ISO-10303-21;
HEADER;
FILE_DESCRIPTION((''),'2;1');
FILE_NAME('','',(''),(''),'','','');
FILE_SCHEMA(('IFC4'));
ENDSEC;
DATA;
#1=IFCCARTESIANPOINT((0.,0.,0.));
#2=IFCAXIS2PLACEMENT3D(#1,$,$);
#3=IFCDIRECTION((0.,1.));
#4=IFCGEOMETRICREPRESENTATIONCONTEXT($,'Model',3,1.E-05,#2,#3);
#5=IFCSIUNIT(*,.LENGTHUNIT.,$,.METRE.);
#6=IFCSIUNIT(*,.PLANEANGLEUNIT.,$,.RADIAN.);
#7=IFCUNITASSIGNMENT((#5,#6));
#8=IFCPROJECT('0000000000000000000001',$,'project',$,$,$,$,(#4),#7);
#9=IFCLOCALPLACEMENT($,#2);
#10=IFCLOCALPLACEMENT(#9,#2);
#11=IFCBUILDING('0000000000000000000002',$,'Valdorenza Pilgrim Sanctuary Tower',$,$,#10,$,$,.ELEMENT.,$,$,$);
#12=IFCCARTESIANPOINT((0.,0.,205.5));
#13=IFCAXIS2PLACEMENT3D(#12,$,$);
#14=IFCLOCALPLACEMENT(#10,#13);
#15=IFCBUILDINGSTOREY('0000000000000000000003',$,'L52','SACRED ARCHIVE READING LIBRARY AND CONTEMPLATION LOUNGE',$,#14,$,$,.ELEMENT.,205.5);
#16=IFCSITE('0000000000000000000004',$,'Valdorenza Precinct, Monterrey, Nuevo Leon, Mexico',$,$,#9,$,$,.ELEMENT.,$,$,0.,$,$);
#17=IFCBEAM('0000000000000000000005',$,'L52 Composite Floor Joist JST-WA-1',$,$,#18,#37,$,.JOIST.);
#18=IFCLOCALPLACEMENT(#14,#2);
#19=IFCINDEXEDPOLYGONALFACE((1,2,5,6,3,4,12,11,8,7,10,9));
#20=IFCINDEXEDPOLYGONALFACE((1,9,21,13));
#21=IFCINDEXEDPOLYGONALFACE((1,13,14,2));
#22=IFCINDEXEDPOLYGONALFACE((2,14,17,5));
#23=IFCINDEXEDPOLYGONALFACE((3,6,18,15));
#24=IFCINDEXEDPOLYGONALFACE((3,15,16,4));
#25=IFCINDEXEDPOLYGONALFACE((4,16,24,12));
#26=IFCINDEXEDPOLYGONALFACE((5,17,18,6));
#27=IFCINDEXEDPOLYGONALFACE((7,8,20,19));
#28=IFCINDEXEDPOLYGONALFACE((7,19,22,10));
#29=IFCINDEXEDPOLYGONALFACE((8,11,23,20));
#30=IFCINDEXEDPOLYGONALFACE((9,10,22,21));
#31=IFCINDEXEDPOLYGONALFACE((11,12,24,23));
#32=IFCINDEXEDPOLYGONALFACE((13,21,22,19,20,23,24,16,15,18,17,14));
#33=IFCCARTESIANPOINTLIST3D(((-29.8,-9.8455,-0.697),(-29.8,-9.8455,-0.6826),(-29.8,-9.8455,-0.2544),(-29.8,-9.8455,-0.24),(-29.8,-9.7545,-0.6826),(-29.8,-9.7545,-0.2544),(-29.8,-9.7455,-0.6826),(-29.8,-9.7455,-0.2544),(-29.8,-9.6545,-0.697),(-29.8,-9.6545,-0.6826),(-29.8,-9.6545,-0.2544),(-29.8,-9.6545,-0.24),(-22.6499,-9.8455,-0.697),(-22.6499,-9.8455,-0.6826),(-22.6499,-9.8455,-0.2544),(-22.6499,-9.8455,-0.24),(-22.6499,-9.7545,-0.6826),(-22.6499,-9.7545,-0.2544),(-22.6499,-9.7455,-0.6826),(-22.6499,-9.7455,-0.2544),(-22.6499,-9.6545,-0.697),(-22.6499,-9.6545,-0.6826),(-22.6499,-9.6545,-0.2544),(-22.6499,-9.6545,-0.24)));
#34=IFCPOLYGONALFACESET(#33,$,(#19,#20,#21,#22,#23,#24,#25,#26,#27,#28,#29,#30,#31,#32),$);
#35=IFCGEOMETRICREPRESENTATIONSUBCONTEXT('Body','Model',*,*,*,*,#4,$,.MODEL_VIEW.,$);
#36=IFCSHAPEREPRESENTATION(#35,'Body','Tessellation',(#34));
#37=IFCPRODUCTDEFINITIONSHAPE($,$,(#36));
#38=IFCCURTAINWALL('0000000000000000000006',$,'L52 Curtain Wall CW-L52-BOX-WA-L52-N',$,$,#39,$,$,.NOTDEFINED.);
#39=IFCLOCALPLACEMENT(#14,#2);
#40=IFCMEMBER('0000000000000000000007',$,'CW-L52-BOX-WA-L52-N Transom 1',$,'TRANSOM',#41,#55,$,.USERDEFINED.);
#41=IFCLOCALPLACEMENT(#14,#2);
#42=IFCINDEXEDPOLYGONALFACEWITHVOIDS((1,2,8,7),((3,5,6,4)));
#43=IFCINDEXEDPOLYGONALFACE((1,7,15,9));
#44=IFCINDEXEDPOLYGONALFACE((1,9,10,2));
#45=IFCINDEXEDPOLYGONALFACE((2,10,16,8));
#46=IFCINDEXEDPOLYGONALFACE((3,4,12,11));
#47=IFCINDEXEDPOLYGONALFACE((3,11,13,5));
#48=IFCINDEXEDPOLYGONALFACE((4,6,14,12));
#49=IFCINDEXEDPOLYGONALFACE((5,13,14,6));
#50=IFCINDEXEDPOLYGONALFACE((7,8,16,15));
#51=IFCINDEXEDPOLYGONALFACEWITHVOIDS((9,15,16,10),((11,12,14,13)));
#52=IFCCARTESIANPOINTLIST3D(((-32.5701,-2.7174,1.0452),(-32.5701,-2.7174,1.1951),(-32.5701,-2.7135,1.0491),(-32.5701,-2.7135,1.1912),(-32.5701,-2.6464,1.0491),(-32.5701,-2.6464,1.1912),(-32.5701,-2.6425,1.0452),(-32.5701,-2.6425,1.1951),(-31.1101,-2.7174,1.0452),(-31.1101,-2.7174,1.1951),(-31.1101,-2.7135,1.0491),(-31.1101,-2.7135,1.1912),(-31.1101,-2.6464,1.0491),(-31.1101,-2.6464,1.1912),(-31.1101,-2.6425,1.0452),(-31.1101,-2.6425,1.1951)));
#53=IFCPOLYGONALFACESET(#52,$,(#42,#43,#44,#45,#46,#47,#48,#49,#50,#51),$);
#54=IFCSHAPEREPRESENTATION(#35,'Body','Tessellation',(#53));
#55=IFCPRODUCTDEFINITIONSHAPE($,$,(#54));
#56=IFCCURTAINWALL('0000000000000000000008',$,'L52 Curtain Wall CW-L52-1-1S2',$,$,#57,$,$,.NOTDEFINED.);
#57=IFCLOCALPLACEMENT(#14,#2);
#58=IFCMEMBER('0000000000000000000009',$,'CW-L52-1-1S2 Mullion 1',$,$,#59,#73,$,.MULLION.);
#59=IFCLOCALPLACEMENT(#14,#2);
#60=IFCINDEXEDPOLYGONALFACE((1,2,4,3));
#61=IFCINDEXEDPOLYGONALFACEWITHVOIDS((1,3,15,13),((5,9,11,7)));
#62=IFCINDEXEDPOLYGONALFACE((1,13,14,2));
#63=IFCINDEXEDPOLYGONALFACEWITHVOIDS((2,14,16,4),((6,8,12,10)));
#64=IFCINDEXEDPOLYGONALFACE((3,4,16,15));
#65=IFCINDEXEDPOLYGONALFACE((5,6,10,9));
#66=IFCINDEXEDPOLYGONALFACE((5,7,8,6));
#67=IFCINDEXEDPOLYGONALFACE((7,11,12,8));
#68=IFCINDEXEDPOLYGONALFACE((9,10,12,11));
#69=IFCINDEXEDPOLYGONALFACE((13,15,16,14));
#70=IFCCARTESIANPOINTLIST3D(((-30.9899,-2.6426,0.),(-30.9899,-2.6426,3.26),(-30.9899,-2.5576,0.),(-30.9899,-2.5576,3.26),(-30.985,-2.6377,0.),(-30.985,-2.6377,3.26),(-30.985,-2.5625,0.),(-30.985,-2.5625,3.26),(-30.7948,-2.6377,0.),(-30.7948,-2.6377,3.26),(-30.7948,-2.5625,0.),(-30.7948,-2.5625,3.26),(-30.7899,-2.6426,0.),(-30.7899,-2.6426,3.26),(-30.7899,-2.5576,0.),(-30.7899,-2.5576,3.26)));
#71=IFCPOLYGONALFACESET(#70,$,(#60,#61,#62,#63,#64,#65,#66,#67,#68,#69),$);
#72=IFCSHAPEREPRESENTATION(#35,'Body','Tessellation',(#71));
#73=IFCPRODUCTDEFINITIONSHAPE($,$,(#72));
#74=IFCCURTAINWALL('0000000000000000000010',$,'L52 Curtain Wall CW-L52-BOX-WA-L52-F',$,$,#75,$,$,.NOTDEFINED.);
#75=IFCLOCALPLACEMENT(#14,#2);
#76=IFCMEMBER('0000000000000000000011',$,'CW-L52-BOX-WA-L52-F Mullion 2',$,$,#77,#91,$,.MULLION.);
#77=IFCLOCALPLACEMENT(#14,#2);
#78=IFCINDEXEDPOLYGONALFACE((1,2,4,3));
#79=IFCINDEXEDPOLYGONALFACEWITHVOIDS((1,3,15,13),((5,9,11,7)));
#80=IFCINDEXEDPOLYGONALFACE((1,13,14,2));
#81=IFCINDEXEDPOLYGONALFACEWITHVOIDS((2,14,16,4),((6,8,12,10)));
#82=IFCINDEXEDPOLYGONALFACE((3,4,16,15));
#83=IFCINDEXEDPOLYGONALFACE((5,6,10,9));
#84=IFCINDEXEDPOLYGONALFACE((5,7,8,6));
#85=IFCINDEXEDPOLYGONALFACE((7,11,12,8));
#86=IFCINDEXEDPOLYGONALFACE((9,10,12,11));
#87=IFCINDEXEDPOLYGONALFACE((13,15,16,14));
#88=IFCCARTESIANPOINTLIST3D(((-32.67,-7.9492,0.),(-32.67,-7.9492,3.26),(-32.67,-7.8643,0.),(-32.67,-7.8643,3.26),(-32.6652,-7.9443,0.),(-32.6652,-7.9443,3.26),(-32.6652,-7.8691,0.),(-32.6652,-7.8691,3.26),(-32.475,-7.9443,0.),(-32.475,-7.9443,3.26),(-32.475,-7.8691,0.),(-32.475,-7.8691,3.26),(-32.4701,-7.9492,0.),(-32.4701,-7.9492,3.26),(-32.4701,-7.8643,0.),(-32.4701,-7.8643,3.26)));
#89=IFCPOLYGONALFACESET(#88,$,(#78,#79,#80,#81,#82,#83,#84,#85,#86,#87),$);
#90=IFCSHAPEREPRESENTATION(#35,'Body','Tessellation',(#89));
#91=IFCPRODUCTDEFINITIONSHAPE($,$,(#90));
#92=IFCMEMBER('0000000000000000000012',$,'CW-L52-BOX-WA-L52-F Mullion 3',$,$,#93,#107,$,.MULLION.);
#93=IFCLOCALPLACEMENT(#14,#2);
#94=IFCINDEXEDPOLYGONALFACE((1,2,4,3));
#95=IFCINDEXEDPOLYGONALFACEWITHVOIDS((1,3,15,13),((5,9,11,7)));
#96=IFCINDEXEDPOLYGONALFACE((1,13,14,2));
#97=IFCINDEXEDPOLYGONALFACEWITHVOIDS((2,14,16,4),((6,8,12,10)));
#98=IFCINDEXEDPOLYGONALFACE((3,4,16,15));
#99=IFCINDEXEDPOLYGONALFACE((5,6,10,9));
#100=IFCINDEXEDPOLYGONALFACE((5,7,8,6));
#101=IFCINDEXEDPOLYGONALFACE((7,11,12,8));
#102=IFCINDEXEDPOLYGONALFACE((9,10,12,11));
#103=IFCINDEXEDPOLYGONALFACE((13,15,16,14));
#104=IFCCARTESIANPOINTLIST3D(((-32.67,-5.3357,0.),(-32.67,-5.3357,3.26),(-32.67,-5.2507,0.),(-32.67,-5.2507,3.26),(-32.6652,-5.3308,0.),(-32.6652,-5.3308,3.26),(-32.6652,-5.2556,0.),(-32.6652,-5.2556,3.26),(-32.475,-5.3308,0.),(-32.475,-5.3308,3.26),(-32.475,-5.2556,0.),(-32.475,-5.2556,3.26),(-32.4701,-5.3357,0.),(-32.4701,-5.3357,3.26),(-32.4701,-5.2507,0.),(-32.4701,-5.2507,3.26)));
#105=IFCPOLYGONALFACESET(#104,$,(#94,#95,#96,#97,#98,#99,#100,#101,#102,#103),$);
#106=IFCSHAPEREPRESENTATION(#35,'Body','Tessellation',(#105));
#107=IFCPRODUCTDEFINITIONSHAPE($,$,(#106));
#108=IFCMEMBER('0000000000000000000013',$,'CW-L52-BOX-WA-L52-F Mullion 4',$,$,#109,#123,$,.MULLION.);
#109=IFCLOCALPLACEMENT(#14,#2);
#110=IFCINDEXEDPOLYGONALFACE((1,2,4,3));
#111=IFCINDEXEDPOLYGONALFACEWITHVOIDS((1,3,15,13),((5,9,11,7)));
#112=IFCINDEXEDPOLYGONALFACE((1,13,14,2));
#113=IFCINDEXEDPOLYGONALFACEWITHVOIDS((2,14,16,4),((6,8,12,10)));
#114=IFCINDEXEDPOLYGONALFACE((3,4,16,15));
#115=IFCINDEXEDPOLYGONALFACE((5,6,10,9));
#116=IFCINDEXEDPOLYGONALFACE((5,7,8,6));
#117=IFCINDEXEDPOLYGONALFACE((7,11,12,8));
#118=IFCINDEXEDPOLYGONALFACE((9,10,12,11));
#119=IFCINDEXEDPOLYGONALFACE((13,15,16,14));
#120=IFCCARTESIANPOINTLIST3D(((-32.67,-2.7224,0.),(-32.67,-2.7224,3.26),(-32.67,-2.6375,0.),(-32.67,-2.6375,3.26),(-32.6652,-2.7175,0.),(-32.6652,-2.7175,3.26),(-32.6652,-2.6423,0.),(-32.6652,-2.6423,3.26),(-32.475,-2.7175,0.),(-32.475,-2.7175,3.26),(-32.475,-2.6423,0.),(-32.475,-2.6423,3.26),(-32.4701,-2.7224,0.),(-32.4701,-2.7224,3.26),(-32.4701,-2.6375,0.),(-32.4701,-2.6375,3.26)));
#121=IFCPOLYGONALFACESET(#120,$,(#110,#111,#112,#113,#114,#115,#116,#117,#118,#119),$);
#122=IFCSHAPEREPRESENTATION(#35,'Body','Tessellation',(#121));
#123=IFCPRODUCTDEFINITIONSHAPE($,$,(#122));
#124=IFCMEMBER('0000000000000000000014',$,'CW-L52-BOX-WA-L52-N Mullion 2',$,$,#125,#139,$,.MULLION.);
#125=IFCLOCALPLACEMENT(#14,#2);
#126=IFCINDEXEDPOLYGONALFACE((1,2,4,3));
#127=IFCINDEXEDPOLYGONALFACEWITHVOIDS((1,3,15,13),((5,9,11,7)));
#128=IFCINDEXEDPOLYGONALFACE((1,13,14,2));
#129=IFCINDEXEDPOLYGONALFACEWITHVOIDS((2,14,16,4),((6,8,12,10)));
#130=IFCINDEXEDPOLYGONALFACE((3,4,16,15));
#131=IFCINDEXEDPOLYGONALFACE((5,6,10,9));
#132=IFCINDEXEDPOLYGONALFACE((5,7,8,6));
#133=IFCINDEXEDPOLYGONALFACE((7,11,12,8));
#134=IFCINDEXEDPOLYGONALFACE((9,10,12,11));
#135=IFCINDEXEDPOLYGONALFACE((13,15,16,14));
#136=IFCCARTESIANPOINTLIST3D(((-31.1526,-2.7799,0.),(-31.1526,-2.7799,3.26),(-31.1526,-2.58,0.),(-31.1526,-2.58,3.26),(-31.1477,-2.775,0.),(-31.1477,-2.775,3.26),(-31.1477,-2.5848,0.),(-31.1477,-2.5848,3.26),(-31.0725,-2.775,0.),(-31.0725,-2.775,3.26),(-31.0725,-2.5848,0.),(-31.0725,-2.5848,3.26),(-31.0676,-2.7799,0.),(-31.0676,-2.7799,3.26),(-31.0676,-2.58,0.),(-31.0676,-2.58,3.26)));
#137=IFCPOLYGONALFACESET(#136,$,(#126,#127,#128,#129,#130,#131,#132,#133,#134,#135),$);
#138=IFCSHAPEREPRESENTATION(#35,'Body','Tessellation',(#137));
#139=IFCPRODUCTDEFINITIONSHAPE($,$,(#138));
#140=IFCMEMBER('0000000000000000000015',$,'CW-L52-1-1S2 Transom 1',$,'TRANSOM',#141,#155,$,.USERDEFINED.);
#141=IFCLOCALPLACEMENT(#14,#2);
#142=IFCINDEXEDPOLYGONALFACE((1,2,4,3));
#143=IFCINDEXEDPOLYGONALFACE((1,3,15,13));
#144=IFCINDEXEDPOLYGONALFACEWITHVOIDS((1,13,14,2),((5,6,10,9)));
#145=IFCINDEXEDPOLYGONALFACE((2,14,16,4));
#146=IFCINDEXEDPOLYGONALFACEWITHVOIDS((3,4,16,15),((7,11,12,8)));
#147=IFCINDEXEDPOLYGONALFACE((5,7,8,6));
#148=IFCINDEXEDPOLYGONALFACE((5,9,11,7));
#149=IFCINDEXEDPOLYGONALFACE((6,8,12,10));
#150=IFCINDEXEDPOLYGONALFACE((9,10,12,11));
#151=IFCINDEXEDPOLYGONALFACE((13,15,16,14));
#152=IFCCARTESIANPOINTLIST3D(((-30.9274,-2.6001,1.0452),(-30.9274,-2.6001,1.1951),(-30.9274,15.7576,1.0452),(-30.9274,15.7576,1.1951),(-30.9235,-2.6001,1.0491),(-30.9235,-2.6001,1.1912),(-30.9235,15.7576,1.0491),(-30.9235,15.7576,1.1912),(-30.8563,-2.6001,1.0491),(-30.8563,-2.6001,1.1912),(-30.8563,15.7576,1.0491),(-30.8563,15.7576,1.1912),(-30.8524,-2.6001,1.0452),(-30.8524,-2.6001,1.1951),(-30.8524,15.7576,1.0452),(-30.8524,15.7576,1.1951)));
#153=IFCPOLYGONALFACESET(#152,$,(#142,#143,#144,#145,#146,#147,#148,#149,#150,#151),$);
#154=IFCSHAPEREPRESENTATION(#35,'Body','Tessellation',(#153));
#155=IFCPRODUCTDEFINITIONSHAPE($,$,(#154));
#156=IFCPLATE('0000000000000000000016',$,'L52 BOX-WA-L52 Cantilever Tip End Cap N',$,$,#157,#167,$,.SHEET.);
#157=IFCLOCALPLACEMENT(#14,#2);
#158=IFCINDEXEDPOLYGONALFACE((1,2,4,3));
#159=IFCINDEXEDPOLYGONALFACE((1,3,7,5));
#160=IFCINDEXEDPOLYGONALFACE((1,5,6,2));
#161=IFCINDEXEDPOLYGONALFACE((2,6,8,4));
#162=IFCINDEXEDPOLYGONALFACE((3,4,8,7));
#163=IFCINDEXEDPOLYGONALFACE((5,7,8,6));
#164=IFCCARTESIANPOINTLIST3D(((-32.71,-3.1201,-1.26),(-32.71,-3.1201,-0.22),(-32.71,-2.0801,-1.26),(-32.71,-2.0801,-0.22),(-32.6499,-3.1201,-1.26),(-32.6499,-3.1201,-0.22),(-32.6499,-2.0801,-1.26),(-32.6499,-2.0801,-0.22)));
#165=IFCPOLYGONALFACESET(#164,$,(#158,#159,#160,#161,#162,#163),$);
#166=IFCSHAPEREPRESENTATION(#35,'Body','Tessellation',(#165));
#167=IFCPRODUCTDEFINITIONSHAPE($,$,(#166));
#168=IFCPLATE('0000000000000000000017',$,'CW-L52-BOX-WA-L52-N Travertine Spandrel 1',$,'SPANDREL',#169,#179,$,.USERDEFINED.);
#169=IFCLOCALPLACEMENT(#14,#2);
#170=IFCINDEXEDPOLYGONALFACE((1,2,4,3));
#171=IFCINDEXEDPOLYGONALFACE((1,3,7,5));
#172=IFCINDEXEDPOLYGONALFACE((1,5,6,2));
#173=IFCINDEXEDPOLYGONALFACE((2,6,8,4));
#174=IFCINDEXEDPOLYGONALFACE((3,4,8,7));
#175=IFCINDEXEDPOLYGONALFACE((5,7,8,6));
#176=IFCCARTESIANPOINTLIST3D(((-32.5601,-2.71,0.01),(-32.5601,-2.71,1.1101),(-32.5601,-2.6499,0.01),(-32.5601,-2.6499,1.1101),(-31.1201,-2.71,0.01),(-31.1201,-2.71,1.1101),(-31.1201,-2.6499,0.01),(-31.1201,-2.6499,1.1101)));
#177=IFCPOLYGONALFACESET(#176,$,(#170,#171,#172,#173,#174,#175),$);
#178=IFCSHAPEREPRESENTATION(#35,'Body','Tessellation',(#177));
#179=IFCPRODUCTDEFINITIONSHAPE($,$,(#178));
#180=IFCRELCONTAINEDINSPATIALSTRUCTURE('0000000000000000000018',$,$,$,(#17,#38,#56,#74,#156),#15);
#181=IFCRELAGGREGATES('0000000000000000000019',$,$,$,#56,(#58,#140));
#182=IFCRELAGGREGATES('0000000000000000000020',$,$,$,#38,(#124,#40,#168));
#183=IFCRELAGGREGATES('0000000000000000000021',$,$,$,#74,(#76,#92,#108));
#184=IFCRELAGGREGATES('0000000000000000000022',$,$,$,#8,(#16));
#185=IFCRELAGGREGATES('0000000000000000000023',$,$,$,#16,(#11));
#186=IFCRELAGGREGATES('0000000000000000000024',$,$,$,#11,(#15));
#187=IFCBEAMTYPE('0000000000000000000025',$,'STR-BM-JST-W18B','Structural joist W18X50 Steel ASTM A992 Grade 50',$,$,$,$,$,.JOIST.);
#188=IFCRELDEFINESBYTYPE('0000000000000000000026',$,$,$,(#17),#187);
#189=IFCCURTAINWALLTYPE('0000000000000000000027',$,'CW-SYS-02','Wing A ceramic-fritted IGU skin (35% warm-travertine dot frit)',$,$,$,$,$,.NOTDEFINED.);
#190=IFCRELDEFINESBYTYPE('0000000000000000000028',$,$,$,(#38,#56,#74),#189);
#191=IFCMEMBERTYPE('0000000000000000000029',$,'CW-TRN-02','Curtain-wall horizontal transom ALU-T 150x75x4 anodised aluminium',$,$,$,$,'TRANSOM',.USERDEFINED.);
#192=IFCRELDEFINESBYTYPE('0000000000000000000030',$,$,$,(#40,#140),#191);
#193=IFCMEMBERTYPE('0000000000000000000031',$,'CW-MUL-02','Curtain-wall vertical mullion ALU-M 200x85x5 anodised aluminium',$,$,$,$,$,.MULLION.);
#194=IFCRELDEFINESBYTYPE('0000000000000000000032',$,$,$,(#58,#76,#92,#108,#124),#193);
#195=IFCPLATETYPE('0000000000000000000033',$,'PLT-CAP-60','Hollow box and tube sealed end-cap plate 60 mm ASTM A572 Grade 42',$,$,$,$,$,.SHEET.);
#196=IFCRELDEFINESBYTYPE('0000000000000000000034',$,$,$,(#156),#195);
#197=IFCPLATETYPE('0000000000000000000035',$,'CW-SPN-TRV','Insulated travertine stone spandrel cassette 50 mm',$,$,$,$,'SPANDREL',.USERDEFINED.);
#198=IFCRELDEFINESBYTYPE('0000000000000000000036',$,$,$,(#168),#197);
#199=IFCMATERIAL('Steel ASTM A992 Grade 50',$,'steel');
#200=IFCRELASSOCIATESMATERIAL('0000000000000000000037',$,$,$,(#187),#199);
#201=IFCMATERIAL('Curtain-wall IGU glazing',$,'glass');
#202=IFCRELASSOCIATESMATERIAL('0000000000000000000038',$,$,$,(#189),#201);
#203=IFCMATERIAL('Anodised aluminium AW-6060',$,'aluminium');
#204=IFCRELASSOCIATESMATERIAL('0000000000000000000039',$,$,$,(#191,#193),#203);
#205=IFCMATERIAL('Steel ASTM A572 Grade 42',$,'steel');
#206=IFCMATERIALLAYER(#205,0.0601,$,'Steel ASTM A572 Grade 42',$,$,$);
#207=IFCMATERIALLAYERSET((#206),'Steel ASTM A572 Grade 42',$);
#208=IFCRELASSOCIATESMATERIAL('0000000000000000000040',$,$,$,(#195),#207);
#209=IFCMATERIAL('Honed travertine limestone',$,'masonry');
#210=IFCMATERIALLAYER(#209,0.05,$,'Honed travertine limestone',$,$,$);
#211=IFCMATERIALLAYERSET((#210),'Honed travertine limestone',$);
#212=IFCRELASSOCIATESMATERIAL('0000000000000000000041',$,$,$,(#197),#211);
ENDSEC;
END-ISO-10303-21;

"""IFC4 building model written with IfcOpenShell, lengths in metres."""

from ifc_helpers import new_model, si_unit, direction, frame, origin, origin_2d, place, context, subcontext, project, spatial, rectangle, hollow_rectangle, i_section, extrude, source, transform, mapped, material, layer, layer_set, material_profile, profile_set, type_object, element, aggregate, save


model = new_model("IFC4")

# Units and contexts
model_context = context("Model", 3, precision=1e-05, world=origin(), true_north=direction((0.0, 1.0)))
body_context = subcontext(model_context, "Body", "Model", "MODEL_VIEW")
ifc_project = project(units=[si_unit("LENGTHUNIT", "METRE"), si_unit("PLANEANGLEUNIT", "RADIAN")], contexts=[model_context])

# Site, building, storey
site_placement = place(None, origin())
site = spatial("IfcSite", under=ifc_project, at=site_placement, Name="Valdorenza Precinct, Monterrey, Nuevo Leon, Mexico", CompositionType="ELEMENT", RefElevation=0.0)
building_placement = place(site_placement, origin())
building = spatial("IfcBuilding", under=site, at=building_placement, Name="Valdorenza Pilgrim Sanctuary Tower", CompositionType="ELEMENT")
storey_placement = place(building_placement, frame((0.0, 0.0, 205.5)))
storey = spatial("IfcBuildingStorey", under=building, at=storey_placement, Name="L52", Description="SACRED ARCHIVE READING LIBRARY AND CONTEMPLATION LOUNGE", CompositionType="ELEMENT", Elevation=205.5)

# Beam
ifc_material_1 = material(Name="Steel ASTM A992 Grade 50", Category="steel")
ifc_material_profile_1 = material_profile(ifc_material_1, i_section(OverallWidth=0.1909, OverallDepth=0.457, WebThickness=0.009, FlangeThickness=0.0144, at=origin_2d()), Name="W18X50")
ifc_profile_set_1 = profile_set([ifc_material_profile_1], Name="Steel ASTM A992 Grade 50")
beam_type = type_object("IfcBeamType", Name="STR-BM-JST-W18B", Description="Structural joist W18X50 Steel ASTM A992 Grade 50", PredefinedType="JOIST", material=ifc_profile_set_1)
shared_shape_1 = source(origin(), body_context, "Body", "SweptSolid", [
    extrude(i_section(OverallWidth=0.1909, OverallDepth=0.457, WebThickness=0.009, FlangeThickness=0.0144, at=origin_2d()), origin(), (0.0, 0.0, 1.0), 7.1501),
])
beam_placement = place(storey_placement, frame((-29.8, -9.75, -0.4685), z_axis=(1.0, 0.0, 0.0), x_axis=(0.0, 1.0, 0.0)))
element("IfcBeam", 1, at=beam_placement, inside=storey, type_object=beam_type, Name="L52 Composite Floor Joist JST-WA-1", PredefinedType="JOIST", context=body_context, shape_type="MappedRepresentation", body=[
    mapped(shared_shape_1, transform((0.0, 0.0, 0.0), x_axis=(1.0, 0.0, 0.0), y_axis=(0.0, 1.0, 0.0), z_axis=(0.0, 0.0, 1.0), scale=1.0)),
])

# Curtain walls, members
ifc_material_2 = material(Name="Curtain-wall IGU glazing", Category="glass")
curtain_wall_type = type_object("IfcCurtainWallType", Name="CW-SYS-02", Description="Wing A ceramic-fritted IGU skin (35% warm-travertine dot frit)", PredefinedType="NOTDEFINED", material=ifc_material_2)
curtain_wall_1_placement = place(storey_placement, origin())
curtain_wall_1 = element("IfcCurtainWall", 2, at=curtain_wall_1_placement, inside=storey, type_object=curtain_wall_type, Name="L52 Curtain Wall CW-L52-BOX-WA-L52-N", PredefinedType="NOTDEFINED")
ifc_material_3 = material(Name="Anodised aluminium AW-6060", Category="aluminium")
ifc_material_profile_2 = material_profile(ifc_material_3, hollow_rectangle(XDim=0.075, YDim=0.1499, WallThickness=0.0039, at=origin_2d()), Name="ALU-T 150x75x4")
ifc_profile_set_2 = profile_set([ifc_material_profile_2], Name="Anodised aluminium AW-6060")
member_type_1 = type_object("IfcMemberType", Name="CW-TRN-02", Description="Curtain-wall horizontal transom ALU-T 150x75x4 anodised aluminium", ElementType="TRANSOM", PredefinedType="USERDEFINED", material=ifc_profile_set_2)
shared_shape_2 = source(origin(), body_context, "Body", "SweptSolid", [
    extrude(hollow_rectangle(XDim=0.075, YDim=0.1499, WallThickness=0.0039, at=origin_2d()), origin(), (0.0, 0.0, 1.0), 1.46),
])
member_1_placement = place(storey_placement, frame((-32.5701, -2.6799, 1.1201), z_axis=(1.0, 0.0, 0.0), x_axis=(0.0, 1.0, 0.0)))
member_1 = element("IfcMember", 3, at=member_1_placement, type_object=member_type_1, Name="CW-L52-BOX-WA-L52-N Transom 1", ObjectType="TRANSOM", PredefinedType="USERDEFINED", context=body_context, shape_type="MappedRepresentation", body=[
    mapped(shared_shape_2, transform((0.0, 0.0, 0.0), x_axis=(1.0, 0.0, 0.0), y_axis=(0.0, 1.0, 0.0), z_axis=(0.0, 0.0, 1.0), scale=1.0)),
])
curtain_wall_2_placement = place(storey_placement, origin())
curtain_wall_2 = element("IfcCurtainWall", 4, at=curtain_wall_2_placement, inside=storey, type_object=curtain_wall_type, Name="L52 Curtain Wall CW-L52-1-1S2", PredefinedType="NOTDEFINED")
ifc_material_profile_3 = material_profile(ifc_material_3, hollow_rectangle(XDim=0.085, YDim=0.2, WallThickness=0.0049, at=origin_2d()), Name="ALU-M 200x85x5")
ifc_profile_set_3 = profile_set([ifc_material_profile_3], Name="Anodised aluminium AW-6060")
member_type_2 = type_object("IfcMemberType", Name="CW-MUL-02", Description="Curtain-wall vertical mullion ALU-M 200x85x5 anodised aluminium", PredefinedType="MULLION", material=ifc_profile_set_3)
shared_shape_3 = source(origin(), body_context, "Body", "SweptSolid", [
    extrude(hollow_rectangle(XDim=0.085, YDim=0.2, WallThickness=0.0049, at=origin_2d()), origin(), (0.0, 0.0, 1.0), 3.26),
])
member_2_placement = place(storey_placement, frame((-30.8899, -2.6001, 0.0), z_axis=(0.0, 0.0, 1.0), x_axis=(0.0, 1.0, 0.0)))
member_2 = element("IfcMember", 5, at=member_2_placement, type_object=member_type_2, Name="CW-L52-1-1S2 Mullion 1", PredefinedType="MULLION", context=body_context, shape_type="MappedRepresentation", body=[
    mapped(shared_shape_3, transform((0.0, 0.0, 0.0), x_axis=(1.0, 0.0, 0.0), y_axis=(0.0, 1.0, 0.0), z_axis=(0.0, 0.0, 1.0), scale=1.0)),
])

# Curtain wall, members
curtain_wall_3_placement = place(storey_placement, origin())
curtain_wall_3 = element("IfcCurtainWall", 6, at=curtain_wall_3_placement, inside=storey, type_object=curtain_wall_type, Name="L52 Curtain Wall CW-L52-BOX-WA-L52-F", PredefinedType="NOTDEFINED")
member_3_placement = place(storey_placement, frame((-32.5701, -7.9067, 0.0), z_axis=(0.0, 0.0, 1.0), x_axis=(0.0, 1.0, 0.0)))
member_3 = element("IfcMember", 7, at=member_3_placement, type_object=member_type_2, Name="CW-L52-BOX-WA-L52-F Mullion 2", PredefinedType="MULLION", context=body_context, shape_type="MappedRepresentation", body=[
    mapped(shared_shape_3, transform((0.0, 0.0, 0.0), x_axis=(1.0, 0.0, 0.0), y_axis=(0.0, 1.0, 0.0), z_axis=(0.0, 0.0, 1.0), scale=1.0)),
])
member_4_placement = place(storey_placement, frame((-32.5701, -5.2932, 0.0), z_axis=(0.0, 0.0, 1.0), x_axis=(0.0, 1.0, 0.0)))
member_4 = element("IfcMember", 8, at=member_4_placement, type_object=member_type_2, Name="CW-L52-BOX-WA-L52-F Mullion 3", PredefinedType="MULLION", context=body_context, shape_type="MappedRepresentation", body=[
    mapped(shared_shape_3, transform((0.0, 0.0, 0.0), x_axis=(1.0, 0.0, 0.0), y_axis=(0.0, 1.0, 0.0), z_axis=(0.0, 0.0, 1.0), scale=1.0)),
])
member_5_placement = place(storey_placement, frame((-32.5701, -2.6799, 0.0), z_axis=(0.0, 0.0, 1.0), x_axis=(0.0, 1.0, 0.0)))
member_5 = element("IfcMember", 9, at=member_5_placement, type_object=member_type_2, Name="CW-L52-BOX-WA-L52-F Mullion 4", PredefinedType="MULLION", context=body_context, shape_type="MappedRepresentation", body=[
    mapped(shared_shape_3, transform((0.0, 0.0, 0.0), x_axis=(1.0, 0.0, 0.0), y_axis=(0.0, 1.0, 0.0), z_axis=(0.0, 0.0, 1.0), scale=1.0)),
])

# Members
member_6_placement = place(storey_placement, frame((-31.1101, -2.6799, 0.0), z_axis=(0.0, 0.0, 1.0), x_axis=(1.0, 0.0, 0.0)))
member_6 = element("IfcMember", 10, at=member_6_placement, type_object=member_type_2, Name="CW-L52-BOX-WA-L52-N Mullion 2", PredefinedType="MULLION", context=body_context, shape_type="MappedRepresentation", body=[
    mapped(shared_shape_3, transform((0.0, 0.0, 0.0), x_axis=(1.0, 0.0, 0.0), y_axis=(0.0, 1.0, 0.0), z_axis=(0.0, 0.0, 1.0), scale=1.0)),
])
shared_shape_4 = source(origin(), body_context, "Body", "SweptSolid", [
    extrude(hollow_rectangle(XDim=0.075, YDim=0.1499, WallThickness=0.0039, at=origin_2d()), origin(), (0.0, 0.0, 1.0), 18.3577),
])
member_7_placement = place(storey_placement, frame((-30.8899, -2.6001, 1.1201), z_axis=(0.0, 1.0, 0.0), x_axis=(-1.0, 0.0, 0.0)))
member_7 = element("IfcMember", 11, at=member_7_placement, type_object=member_type_1, Name="CW-L52-1-1S2 Transom 1", ObjectType="TRANSOM", PredefinedType="USERDEFINED", context=body_context, shape_type="MappedRepresentation", body=[
    mapped(shared_shape_4, transform((0.0, 0.0, 0.0), x_axis=(1.0, 0.0, 0.0), y_axis=(0.0, 1.0, 0.0), z_axis=(0.0, 0.0, 1.0), scale=1.0)),
])
aggregate(curtain_wall_2, [member_2, member_7])

# Plates
ifc_material_4 = material(Name="Steel ASTM A572 Grade 42", Category="steel")
ifc_layer_1 = layer(ifc_material_4, 0.0601, Name="Steel ASTM A572 Grade 42")
ifc_layer_set_1 = layer_set([ifc_layer_1], Name="Steel ASTM A572 Grade 42")
plate_type_1 = type_object("IfcPlateType", Name="PLT-CAP-60", Description="Hollow box and tube sealed end-cap plate 60 mm ASTM A572 Grade 42", PredefinedType="SHEET", material=ifc_layer_set_1)
shared_shape_5 = source(origin(), body_context, "Body", "SweptSolid", [
    extrude(rectangle(XDim=0.0601, YDim=1.04, at=origin_2d()), origin(), (0.0, 0.0, 1.0), 1.04),
])
plate_1_placement = place(storey_placement, frame((-32.6799, -2.6001, -1.26), z_axis=(0.0, 0.0, 1.0), x_axis=(1.0, 0.0, 0.0)))
element("IfcPlate", 12, at=plate_1_placement, inside=storey, type_object=plate_type_1, Name="L52 BOX-WA-L52 Cantilever Tip End Cap N", PredefinedType="SHEET", context=body_context, shape_type="MappedRepresentation", body=[
    mapped(shared_shape_5, transform((0.0, 0.0, 0.0), x_axis=(1.0, 0.0, 0.0), y_axis=(0.0, 1.0, 0.0), z_axis=(0.0, 0.0, 1.0), scale=1.0)),
])
ifc_material_5 = material(Name="Honed travertine limestone", Category="masonry")
ifc_layer_2 = layer(ifc_material_5, 0.05, Name="Honed travertine limestone")
ifc_layer_set_2 = layer_set([ifc_layer_2], Name="Honed travertine limestone")
plate_type_2 = type_object("IfcPlateType", Name="CW-SPN-TRV", Description="Insulated travertine stone spandrel cassette 50 mm", ElementType="SPANDREL", PredefinedType="USERDEFINED", material=ifc_layer_set_2)
shared_shape_6 = source(origin(), body_context, "Body", "SweptSolid", [
    extrude(rectangle(XDim=1.4399, YDim=0.0601, at=origin_2d()), origin(), (0.0, 0.0, 1.0), 1.1001),
])
plate_2_placement = place(storey_placement, frame((-31.8401, -2.6799, 0.01), z_axis=(0.0, 0.0, 1.0), x_axis=(1.0, 0.0, 0.0)))
plate_2 = element("IfcPlate", 13, at=plate_2_placement, type_object=plate_type_2, Name="CW-L52-BOX-WA-L52-N Travertine Spandrel 1", ObjectType="SPANDREL", PredefinedType="USERDEFINED", context=body_context, shape_type="MappedRepresentation", body=[
    mapped(shared_shape_6, transform((0.0, 0.0, 0.0), x_axis=(1.0, 0.0, 0.0), y_axis=(0.0, 1.0, 0.0), z_axis=(0.0, 0.0, 1.0), scale=1.0)),
])
aggregate(curtain_wall_1, [member_6, member_1, plate_2])
aggregate(curtain_wall_3, [member_3, member_4, member_5])

save(model, "model.ifc")
